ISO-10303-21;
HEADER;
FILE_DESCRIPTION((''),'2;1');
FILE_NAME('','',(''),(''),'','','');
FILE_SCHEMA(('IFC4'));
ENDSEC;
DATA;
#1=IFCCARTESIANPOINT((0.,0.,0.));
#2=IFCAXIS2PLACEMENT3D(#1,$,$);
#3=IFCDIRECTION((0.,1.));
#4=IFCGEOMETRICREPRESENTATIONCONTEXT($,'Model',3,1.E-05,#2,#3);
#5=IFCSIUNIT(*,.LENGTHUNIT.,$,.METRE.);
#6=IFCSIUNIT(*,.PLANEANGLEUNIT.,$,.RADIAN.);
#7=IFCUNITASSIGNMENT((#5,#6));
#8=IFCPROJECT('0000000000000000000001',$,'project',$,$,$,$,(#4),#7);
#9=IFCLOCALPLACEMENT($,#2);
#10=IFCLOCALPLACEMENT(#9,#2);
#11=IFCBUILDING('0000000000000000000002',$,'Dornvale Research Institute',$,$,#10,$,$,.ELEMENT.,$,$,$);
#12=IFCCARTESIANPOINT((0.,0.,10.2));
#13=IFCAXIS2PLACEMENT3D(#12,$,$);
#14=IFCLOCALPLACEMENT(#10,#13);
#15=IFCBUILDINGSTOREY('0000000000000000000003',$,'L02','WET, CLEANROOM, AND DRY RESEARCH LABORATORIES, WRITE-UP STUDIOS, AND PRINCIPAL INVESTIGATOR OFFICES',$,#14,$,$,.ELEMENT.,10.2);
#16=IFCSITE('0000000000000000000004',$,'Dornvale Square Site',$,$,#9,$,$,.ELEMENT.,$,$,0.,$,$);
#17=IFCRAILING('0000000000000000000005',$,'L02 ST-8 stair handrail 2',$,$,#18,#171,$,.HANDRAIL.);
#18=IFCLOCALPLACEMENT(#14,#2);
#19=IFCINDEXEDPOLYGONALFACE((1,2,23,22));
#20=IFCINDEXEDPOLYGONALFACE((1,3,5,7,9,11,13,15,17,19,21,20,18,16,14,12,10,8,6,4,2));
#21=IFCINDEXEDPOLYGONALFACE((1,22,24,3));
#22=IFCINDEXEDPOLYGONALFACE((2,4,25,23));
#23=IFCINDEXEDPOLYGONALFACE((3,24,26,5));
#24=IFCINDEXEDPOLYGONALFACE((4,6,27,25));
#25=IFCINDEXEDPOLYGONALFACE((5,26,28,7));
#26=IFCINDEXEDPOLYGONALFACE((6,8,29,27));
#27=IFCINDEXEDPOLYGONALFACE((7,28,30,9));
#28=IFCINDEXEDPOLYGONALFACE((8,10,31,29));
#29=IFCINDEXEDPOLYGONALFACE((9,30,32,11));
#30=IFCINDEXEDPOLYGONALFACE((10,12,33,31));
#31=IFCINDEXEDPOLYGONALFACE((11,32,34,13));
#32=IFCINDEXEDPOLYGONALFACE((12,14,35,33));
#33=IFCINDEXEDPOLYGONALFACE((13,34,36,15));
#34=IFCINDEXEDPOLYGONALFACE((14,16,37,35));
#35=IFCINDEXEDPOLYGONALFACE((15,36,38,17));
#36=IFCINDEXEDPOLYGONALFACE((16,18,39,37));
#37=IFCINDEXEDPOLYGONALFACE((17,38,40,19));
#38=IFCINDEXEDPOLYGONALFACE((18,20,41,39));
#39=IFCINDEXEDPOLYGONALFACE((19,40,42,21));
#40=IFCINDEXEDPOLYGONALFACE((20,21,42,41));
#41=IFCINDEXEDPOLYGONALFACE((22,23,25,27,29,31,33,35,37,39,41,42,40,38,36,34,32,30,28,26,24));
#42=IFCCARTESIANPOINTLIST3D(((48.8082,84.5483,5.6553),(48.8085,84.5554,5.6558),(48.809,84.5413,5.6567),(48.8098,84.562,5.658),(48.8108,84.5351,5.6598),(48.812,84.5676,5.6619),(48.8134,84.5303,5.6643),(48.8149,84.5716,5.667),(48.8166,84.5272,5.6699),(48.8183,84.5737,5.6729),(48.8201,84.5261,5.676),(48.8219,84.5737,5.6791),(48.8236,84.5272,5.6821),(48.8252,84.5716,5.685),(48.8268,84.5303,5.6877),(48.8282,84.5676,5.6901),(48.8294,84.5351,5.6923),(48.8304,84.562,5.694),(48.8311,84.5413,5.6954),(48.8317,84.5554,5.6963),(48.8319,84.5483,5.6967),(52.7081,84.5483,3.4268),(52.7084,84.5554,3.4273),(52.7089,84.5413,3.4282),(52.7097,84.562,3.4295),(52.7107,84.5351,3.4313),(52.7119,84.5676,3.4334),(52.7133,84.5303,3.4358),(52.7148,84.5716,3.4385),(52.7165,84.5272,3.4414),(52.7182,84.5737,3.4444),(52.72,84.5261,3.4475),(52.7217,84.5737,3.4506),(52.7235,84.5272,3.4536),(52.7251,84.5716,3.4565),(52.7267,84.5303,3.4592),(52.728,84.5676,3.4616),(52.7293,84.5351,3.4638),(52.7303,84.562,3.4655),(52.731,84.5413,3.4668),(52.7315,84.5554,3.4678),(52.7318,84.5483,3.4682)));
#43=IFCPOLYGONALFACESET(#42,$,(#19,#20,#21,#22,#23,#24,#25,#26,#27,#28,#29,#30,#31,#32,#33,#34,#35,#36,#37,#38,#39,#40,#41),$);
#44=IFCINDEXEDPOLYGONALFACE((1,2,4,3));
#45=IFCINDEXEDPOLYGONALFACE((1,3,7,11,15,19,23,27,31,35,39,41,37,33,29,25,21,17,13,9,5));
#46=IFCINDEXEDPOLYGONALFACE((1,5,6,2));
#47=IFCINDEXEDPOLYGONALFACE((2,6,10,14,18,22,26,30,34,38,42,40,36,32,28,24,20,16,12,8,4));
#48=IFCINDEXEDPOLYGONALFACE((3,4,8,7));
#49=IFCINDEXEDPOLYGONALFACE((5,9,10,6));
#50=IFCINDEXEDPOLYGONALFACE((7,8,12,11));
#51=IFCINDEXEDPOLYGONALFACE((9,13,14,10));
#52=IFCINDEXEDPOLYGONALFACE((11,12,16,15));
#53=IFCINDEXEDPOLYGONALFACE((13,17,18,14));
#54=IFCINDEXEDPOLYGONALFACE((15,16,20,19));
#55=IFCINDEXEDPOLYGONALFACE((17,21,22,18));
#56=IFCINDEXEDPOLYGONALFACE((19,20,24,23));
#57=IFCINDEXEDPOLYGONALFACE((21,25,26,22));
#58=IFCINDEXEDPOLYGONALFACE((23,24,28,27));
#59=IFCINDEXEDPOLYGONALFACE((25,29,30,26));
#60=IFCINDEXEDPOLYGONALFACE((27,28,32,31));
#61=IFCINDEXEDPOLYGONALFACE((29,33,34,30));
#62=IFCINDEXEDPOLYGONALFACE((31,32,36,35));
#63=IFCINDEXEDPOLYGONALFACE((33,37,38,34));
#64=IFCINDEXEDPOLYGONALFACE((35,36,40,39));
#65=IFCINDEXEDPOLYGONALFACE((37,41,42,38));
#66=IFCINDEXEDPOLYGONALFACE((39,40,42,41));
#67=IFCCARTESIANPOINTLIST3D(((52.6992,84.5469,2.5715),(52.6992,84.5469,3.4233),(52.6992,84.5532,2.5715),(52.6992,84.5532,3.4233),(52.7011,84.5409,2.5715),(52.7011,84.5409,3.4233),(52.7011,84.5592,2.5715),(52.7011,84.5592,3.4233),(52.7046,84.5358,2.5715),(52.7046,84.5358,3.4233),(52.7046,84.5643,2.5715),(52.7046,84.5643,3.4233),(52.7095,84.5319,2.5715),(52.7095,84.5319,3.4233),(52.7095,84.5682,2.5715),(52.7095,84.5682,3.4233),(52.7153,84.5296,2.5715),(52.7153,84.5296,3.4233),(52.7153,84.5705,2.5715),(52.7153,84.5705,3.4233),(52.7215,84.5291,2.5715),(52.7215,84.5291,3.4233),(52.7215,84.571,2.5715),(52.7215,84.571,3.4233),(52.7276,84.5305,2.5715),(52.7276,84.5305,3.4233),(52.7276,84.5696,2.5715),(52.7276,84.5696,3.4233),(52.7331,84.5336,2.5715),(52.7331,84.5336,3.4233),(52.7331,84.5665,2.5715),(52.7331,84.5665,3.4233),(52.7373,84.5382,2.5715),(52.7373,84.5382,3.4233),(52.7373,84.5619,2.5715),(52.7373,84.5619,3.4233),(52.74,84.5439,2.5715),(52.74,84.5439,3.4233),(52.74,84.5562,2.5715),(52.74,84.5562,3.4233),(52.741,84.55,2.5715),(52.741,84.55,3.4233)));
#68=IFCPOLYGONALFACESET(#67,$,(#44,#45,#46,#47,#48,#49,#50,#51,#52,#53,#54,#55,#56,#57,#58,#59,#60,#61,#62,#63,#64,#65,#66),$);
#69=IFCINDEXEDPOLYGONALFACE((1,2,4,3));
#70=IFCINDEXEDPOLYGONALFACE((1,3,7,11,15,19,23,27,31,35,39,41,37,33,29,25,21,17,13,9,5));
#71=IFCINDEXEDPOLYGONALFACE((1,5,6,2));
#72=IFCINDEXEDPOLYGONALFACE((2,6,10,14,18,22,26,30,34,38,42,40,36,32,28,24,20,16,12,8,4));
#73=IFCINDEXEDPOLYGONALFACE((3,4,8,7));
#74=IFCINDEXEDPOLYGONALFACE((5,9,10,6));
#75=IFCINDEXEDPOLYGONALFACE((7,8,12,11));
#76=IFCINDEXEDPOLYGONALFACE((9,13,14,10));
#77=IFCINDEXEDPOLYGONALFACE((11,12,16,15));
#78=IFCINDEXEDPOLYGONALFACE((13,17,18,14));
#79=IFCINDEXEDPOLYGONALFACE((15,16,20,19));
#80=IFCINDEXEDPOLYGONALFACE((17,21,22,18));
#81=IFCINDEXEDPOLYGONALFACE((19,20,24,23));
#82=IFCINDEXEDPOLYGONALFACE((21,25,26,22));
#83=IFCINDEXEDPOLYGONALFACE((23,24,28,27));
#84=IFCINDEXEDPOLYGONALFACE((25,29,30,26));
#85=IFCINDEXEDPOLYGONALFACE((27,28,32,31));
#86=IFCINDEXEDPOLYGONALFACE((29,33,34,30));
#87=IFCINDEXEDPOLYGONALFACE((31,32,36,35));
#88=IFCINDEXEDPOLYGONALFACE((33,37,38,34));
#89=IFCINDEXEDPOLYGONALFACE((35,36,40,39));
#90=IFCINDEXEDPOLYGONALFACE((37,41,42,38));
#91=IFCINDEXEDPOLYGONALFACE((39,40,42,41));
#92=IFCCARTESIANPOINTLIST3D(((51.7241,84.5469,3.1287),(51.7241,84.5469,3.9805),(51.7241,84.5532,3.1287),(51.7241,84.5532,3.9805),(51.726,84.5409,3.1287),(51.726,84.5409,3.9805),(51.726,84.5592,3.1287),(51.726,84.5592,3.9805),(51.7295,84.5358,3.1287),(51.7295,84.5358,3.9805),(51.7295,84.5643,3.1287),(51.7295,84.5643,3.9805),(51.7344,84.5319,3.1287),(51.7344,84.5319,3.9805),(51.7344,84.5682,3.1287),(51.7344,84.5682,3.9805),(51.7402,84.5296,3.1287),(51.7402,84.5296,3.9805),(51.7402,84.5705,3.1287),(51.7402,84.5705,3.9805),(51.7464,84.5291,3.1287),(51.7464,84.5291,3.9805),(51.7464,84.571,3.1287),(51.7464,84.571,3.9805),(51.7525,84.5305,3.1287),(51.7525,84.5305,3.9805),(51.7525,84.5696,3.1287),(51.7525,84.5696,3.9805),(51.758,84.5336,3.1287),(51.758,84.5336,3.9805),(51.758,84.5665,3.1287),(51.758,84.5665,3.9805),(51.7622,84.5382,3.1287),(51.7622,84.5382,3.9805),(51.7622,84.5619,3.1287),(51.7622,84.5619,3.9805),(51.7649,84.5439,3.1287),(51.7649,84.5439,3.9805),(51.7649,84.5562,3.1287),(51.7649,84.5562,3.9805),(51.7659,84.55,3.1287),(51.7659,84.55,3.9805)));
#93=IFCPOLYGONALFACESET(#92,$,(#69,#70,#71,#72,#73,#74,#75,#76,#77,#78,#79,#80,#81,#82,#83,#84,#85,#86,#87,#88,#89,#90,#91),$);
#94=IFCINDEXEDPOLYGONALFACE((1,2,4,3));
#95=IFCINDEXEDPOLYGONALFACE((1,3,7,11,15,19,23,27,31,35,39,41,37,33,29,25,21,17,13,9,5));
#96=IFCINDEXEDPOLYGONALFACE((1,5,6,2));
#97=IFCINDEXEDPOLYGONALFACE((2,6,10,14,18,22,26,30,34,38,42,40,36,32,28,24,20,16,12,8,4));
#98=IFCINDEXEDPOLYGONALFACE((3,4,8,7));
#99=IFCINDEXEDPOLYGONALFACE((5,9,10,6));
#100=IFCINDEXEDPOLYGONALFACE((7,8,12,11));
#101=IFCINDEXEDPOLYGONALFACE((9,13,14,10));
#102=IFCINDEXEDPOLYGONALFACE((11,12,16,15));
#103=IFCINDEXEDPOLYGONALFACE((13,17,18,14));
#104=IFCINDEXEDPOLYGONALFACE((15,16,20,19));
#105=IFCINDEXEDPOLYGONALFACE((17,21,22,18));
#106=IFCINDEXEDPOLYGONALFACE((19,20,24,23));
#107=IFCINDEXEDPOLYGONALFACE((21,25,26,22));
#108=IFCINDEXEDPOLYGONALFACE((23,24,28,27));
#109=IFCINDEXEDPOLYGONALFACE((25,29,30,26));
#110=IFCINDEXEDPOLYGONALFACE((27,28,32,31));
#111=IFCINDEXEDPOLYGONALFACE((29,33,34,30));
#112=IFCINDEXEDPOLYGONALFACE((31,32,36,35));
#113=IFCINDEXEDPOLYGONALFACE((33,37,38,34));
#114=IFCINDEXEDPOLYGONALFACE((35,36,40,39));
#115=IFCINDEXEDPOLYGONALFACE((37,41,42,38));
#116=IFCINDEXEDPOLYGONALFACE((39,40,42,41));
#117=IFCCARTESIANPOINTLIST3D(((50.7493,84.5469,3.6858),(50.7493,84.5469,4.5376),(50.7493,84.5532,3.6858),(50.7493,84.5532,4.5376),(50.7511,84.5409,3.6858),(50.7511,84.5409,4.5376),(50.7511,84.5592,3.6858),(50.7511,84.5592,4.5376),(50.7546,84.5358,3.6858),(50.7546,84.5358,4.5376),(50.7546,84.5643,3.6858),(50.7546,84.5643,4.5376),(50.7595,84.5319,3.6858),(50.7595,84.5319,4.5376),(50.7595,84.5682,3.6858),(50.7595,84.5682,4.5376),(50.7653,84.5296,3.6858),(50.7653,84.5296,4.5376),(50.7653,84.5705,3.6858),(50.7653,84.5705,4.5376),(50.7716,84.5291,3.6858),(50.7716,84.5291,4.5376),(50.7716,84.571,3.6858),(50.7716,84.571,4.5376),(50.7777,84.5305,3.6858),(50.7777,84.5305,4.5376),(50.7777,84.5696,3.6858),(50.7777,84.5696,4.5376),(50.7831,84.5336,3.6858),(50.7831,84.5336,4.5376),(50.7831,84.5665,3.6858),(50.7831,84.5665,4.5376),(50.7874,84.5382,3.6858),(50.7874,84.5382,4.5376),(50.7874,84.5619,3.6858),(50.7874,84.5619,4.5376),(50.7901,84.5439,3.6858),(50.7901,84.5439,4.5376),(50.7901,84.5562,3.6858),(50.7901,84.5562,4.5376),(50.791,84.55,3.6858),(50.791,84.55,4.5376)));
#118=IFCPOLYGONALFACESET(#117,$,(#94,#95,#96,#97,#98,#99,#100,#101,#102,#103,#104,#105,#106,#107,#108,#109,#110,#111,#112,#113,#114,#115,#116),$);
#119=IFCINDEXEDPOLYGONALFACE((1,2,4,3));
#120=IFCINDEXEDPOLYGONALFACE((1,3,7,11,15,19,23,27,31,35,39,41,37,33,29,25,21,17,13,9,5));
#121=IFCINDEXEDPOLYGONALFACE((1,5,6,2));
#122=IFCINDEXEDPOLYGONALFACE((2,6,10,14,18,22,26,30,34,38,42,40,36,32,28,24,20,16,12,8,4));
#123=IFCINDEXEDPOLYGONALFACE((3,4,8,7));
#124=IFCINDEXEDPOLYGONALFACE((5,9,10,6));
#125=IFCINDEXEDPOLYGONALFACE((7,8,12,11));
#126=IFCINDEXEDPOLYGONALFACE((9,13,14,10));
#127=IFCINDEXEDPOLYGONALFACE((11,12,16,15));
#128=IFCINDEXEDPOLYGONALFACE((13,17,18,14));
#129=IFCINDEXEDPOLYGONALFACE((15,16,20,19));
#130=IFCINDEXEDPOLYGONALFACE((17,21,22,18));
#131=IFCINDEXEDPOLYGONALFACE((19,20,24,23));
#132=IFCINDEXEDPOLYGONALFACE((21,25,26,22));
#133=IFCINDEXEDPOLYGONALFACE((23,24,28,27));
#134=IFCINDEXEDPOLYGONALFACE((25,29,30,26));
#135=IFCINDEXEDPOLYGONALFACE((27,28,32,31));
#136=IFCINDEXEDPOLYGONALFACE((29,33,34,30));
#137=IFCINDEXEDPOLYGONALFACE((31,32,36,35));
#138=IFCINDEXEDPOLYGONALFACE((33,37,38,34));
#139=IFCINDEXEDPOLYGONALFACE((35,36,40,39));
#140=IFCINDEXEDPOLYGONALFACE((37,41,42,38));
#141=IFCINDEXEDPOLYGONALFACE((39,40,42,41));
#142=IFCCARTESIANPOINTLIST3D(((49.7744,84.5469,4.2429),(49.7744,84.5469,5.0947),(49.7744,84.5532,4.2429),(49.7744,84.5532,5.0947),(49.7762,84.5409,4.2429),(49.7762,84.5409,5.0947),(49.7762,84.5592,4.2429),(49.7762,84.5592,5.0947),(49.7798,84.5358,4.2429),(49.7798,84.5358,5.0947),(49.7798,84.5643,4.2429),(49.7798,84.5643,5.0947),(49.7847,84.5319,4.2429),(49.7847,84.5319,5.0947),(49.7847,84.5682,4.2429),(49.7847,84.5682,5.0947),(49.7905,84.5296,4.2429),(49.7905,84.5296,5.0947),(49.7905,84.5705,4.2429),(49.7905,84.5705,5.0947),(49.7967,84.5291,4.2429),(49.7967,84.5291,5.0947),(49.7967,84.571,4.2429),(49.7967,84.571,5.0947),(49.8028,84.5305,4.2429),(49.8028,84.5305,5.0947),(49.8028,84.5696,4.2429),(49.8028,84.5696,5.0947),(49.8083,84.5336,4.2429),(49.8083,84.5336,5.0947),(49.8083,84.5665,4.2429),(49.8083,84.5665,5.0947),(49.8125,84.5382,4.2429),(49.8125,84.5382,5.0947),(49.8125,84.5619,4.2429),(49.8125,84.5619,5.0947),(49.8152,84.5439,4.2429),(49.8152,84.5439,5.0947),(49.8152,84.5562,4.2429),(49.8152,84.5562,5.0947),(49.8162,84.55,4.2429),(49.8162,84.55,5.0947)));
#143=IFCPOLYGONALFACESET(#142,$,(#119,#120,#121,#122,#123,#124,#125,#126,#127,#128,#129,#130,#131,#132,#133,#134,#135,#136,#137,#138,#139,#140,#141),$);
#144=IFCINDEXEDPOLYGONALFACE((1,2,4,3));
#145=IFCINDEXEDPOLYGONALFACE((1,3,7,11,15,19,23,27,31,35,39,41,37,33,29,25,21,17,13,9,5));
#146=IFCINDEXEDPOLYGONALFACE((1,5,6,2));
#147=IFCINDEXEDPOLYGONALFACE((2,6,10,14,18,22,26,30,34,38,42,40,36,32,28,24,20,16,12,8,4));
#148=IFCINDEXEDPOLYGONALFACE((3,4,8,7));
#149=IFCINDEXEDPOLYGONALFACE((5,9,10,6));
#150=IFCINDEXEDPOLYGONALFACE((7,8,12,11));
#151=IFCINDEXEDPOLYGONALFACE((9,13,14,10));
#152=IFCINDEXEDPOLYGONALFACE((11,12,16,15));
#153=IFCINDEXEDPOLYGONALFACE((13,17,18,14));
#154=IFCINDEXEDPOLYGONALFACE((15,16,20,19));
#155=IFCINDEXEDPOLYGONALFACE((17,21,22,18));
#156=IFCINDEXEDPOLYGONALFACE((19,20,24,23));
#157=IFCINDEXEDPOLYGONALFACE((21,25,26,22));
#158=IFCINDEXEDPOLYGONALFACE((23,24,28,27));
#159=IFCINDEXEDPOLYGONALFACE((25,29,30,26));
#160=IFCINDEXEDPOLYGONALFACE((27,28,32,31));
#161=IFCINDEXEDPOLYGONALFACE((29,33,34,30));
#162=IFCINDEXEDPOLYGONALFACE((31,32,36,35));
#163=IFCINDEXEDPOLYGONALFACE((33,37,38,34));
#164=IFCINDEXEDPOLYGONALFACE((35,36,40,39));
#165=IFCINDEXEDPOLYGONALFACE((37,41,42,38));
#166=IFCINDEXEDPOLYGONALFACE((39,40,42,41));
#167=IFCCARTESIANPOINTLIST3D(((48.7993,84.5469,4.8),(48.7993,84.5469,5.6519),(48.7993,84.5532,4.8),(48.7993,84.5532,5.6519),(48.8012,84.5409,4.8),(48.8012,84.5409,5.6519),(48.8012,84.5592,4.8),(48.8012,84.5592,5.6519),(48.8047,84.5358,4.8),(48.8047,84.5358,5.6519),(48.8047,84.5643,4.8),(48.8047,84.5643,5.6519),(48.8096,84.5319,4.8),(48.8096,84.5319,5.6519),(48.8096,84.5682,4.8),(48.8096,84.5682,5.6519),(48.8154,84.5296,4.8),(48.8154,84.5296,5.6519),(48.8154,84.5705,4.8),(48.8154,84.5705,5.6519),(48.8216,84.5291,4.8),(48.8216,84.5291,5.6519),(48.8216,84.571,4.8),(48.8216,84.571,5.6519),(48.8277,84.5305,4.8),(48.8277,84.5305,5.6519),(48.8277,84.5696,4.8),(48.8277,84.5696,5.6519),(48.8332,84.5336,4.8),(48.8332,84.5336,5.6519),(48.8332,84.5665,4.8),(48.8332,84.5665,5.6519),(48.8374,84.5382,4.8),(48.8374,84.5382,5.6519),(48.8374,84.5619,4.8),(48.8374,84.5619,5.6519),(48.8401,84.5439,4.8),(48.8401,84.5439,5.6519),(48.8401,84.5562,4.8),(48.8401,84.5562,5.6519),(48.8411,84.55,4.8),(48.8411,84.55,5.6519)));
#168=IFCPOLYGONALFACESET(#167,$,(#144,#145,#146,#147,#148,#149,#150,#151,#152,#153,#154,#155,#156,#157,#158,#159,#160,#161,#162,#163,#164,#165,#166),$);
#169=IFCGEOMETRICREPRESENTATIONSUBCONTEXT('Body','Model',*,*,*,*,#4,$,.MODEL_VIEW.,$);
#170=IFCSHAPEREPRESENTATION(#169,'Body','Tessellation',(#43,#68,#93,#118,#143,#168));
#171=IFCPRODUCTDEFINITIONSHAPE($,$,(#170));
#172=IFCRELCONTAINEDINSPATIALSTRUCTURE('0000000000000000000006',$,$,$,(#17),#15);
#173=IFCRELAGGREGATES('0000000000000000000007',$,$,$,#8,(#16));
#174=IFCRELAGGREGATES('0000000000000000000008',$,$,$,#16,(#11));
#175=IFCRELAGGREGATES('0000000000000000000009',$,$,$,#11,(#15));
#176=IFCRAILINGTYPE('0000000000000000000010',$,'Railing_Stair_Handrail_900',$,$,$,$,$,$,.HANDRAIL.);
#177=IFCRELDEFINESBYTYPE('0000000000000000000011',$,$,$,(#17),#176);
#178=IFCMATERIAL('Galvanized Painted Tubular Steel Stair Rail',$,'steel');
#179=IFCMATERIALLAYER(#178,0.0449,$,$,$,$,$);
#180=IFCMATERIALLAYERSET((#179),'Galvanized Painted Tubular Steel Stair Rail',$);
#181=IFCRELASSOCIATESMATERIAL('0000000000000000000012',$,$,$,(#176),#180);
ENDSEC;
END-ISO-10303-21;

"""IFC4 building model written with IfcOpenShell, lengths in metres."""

from ifc_helpers import new_model, si_unit, direction, frame, origin, origin_2d, place, context, subcontext, project, spatial, circle, extrude, material, layer, layer_set, type_object, element, save


model = new_model("IFC4")

# Units and contexts
model_context = context("Model", 3, precision=1e-05, world=origin(), true_north=direction((0.0, 1.0)))
body_context = subcontext(model_context, "Body", "Model", "MODEL_VIEW")
ifc_project = project(units=[si_unit("LENGTHUNIT", "METRE"), si_unit("PLANEANGLEUNIT", "RADIAN")], contexts=[model_context])

# Site, building, storey
site_placement = place(None, origin())
site = spatial("IfcSite", under=ifc_project, at=site_placement, Name="Dornvale Square Site", CompositionType="ELEMENT", RefElevation=0.0)
building_placement = place(site_placement, origin())
building = spatial("IfcBuilding", under=site, at=building_placement, Name="Dornvale Research Institute", CompositionType="ELEMENT")
storey_placement = place(building_placement, frame((0.0, 0.0, 10.2)))
storey = spatial("IfcBuildingStorey", under=building, at=storey_placement, Name="L02", Description="WET, CLEANROOM, AND DRY RESEARCH LABORATORIES, WRITE-UP STUDIOS, AND PRINCIPAL INVESTIGATOR OFFICES", CompositionType="ELEMENT", Elevation=10.2)

# Railing
ifc_material_1 = material(Name="Galvanized Painted Tubular Steel Stair Rail", Category="steel")
ifc_layer_1 = layer(ifc_material_1, 0.0449)
ifc_layer_set_1 = layer_set([ifc_layer_1], Name="Galvanized Painted Tubular Steel Stair Rail")
railing_type_1 = type_object("IfcRailingType", Name="Railing_Stair_Handrail_900", PredefinedType="HANDRAIL", material=ifc_layer_set_1)
railing_1_placement = place(storey_placement, frame((52.72, 84.55, 2.5715)))
element("IfcRailing", 1, at=railing_1_placement, inside=storey, type_object=railing_type_1, Name="L02 ST-8 stair handrail 2", PredefinedType="HANDRAIL", context=body_context, shape_type="SweptSolid", body=[
    extrude(circle(Radius=0.0239, at=origin_2d()), frame((0.0, 0.0, 0.876), z_axis=(-0.868243, 0.0, 0.496139), x_axis=(0.0, -1.0, 0.0)), (0.0, 0.0, 1.0), 4.4917),
    extrude(circle(Radius=0.021, at=origin_2d()), origin(), (0.0, 0.0, 1.0), 0.8518),
    extrude(circle(Radius=0.021, at=origin_2d()), frame((-0.9751, 0.0, 0.5571)), (0.0, 0.0, 1.0), 0.8518),
    extrude(circle(Radius=0.021, at=origin_2d()), frame((-1.95, 0.0, 1.1143)), (0.0, 0.0, 1.0), 0.8518),
    extrude(circle(Radius=0.021, at=origin_2d()), frame((-2.9248, 0.0, 1.6714)), (0.0, 0.0, 1.0), 0.8518),
    extrude(circle(Radius=0.021, at=origin_2d()), frame((-3.8999, 0.0, 2.2285)), (0.0, 0.0, 1.0), 0.8518),
])

save(model, "model.ifc")
